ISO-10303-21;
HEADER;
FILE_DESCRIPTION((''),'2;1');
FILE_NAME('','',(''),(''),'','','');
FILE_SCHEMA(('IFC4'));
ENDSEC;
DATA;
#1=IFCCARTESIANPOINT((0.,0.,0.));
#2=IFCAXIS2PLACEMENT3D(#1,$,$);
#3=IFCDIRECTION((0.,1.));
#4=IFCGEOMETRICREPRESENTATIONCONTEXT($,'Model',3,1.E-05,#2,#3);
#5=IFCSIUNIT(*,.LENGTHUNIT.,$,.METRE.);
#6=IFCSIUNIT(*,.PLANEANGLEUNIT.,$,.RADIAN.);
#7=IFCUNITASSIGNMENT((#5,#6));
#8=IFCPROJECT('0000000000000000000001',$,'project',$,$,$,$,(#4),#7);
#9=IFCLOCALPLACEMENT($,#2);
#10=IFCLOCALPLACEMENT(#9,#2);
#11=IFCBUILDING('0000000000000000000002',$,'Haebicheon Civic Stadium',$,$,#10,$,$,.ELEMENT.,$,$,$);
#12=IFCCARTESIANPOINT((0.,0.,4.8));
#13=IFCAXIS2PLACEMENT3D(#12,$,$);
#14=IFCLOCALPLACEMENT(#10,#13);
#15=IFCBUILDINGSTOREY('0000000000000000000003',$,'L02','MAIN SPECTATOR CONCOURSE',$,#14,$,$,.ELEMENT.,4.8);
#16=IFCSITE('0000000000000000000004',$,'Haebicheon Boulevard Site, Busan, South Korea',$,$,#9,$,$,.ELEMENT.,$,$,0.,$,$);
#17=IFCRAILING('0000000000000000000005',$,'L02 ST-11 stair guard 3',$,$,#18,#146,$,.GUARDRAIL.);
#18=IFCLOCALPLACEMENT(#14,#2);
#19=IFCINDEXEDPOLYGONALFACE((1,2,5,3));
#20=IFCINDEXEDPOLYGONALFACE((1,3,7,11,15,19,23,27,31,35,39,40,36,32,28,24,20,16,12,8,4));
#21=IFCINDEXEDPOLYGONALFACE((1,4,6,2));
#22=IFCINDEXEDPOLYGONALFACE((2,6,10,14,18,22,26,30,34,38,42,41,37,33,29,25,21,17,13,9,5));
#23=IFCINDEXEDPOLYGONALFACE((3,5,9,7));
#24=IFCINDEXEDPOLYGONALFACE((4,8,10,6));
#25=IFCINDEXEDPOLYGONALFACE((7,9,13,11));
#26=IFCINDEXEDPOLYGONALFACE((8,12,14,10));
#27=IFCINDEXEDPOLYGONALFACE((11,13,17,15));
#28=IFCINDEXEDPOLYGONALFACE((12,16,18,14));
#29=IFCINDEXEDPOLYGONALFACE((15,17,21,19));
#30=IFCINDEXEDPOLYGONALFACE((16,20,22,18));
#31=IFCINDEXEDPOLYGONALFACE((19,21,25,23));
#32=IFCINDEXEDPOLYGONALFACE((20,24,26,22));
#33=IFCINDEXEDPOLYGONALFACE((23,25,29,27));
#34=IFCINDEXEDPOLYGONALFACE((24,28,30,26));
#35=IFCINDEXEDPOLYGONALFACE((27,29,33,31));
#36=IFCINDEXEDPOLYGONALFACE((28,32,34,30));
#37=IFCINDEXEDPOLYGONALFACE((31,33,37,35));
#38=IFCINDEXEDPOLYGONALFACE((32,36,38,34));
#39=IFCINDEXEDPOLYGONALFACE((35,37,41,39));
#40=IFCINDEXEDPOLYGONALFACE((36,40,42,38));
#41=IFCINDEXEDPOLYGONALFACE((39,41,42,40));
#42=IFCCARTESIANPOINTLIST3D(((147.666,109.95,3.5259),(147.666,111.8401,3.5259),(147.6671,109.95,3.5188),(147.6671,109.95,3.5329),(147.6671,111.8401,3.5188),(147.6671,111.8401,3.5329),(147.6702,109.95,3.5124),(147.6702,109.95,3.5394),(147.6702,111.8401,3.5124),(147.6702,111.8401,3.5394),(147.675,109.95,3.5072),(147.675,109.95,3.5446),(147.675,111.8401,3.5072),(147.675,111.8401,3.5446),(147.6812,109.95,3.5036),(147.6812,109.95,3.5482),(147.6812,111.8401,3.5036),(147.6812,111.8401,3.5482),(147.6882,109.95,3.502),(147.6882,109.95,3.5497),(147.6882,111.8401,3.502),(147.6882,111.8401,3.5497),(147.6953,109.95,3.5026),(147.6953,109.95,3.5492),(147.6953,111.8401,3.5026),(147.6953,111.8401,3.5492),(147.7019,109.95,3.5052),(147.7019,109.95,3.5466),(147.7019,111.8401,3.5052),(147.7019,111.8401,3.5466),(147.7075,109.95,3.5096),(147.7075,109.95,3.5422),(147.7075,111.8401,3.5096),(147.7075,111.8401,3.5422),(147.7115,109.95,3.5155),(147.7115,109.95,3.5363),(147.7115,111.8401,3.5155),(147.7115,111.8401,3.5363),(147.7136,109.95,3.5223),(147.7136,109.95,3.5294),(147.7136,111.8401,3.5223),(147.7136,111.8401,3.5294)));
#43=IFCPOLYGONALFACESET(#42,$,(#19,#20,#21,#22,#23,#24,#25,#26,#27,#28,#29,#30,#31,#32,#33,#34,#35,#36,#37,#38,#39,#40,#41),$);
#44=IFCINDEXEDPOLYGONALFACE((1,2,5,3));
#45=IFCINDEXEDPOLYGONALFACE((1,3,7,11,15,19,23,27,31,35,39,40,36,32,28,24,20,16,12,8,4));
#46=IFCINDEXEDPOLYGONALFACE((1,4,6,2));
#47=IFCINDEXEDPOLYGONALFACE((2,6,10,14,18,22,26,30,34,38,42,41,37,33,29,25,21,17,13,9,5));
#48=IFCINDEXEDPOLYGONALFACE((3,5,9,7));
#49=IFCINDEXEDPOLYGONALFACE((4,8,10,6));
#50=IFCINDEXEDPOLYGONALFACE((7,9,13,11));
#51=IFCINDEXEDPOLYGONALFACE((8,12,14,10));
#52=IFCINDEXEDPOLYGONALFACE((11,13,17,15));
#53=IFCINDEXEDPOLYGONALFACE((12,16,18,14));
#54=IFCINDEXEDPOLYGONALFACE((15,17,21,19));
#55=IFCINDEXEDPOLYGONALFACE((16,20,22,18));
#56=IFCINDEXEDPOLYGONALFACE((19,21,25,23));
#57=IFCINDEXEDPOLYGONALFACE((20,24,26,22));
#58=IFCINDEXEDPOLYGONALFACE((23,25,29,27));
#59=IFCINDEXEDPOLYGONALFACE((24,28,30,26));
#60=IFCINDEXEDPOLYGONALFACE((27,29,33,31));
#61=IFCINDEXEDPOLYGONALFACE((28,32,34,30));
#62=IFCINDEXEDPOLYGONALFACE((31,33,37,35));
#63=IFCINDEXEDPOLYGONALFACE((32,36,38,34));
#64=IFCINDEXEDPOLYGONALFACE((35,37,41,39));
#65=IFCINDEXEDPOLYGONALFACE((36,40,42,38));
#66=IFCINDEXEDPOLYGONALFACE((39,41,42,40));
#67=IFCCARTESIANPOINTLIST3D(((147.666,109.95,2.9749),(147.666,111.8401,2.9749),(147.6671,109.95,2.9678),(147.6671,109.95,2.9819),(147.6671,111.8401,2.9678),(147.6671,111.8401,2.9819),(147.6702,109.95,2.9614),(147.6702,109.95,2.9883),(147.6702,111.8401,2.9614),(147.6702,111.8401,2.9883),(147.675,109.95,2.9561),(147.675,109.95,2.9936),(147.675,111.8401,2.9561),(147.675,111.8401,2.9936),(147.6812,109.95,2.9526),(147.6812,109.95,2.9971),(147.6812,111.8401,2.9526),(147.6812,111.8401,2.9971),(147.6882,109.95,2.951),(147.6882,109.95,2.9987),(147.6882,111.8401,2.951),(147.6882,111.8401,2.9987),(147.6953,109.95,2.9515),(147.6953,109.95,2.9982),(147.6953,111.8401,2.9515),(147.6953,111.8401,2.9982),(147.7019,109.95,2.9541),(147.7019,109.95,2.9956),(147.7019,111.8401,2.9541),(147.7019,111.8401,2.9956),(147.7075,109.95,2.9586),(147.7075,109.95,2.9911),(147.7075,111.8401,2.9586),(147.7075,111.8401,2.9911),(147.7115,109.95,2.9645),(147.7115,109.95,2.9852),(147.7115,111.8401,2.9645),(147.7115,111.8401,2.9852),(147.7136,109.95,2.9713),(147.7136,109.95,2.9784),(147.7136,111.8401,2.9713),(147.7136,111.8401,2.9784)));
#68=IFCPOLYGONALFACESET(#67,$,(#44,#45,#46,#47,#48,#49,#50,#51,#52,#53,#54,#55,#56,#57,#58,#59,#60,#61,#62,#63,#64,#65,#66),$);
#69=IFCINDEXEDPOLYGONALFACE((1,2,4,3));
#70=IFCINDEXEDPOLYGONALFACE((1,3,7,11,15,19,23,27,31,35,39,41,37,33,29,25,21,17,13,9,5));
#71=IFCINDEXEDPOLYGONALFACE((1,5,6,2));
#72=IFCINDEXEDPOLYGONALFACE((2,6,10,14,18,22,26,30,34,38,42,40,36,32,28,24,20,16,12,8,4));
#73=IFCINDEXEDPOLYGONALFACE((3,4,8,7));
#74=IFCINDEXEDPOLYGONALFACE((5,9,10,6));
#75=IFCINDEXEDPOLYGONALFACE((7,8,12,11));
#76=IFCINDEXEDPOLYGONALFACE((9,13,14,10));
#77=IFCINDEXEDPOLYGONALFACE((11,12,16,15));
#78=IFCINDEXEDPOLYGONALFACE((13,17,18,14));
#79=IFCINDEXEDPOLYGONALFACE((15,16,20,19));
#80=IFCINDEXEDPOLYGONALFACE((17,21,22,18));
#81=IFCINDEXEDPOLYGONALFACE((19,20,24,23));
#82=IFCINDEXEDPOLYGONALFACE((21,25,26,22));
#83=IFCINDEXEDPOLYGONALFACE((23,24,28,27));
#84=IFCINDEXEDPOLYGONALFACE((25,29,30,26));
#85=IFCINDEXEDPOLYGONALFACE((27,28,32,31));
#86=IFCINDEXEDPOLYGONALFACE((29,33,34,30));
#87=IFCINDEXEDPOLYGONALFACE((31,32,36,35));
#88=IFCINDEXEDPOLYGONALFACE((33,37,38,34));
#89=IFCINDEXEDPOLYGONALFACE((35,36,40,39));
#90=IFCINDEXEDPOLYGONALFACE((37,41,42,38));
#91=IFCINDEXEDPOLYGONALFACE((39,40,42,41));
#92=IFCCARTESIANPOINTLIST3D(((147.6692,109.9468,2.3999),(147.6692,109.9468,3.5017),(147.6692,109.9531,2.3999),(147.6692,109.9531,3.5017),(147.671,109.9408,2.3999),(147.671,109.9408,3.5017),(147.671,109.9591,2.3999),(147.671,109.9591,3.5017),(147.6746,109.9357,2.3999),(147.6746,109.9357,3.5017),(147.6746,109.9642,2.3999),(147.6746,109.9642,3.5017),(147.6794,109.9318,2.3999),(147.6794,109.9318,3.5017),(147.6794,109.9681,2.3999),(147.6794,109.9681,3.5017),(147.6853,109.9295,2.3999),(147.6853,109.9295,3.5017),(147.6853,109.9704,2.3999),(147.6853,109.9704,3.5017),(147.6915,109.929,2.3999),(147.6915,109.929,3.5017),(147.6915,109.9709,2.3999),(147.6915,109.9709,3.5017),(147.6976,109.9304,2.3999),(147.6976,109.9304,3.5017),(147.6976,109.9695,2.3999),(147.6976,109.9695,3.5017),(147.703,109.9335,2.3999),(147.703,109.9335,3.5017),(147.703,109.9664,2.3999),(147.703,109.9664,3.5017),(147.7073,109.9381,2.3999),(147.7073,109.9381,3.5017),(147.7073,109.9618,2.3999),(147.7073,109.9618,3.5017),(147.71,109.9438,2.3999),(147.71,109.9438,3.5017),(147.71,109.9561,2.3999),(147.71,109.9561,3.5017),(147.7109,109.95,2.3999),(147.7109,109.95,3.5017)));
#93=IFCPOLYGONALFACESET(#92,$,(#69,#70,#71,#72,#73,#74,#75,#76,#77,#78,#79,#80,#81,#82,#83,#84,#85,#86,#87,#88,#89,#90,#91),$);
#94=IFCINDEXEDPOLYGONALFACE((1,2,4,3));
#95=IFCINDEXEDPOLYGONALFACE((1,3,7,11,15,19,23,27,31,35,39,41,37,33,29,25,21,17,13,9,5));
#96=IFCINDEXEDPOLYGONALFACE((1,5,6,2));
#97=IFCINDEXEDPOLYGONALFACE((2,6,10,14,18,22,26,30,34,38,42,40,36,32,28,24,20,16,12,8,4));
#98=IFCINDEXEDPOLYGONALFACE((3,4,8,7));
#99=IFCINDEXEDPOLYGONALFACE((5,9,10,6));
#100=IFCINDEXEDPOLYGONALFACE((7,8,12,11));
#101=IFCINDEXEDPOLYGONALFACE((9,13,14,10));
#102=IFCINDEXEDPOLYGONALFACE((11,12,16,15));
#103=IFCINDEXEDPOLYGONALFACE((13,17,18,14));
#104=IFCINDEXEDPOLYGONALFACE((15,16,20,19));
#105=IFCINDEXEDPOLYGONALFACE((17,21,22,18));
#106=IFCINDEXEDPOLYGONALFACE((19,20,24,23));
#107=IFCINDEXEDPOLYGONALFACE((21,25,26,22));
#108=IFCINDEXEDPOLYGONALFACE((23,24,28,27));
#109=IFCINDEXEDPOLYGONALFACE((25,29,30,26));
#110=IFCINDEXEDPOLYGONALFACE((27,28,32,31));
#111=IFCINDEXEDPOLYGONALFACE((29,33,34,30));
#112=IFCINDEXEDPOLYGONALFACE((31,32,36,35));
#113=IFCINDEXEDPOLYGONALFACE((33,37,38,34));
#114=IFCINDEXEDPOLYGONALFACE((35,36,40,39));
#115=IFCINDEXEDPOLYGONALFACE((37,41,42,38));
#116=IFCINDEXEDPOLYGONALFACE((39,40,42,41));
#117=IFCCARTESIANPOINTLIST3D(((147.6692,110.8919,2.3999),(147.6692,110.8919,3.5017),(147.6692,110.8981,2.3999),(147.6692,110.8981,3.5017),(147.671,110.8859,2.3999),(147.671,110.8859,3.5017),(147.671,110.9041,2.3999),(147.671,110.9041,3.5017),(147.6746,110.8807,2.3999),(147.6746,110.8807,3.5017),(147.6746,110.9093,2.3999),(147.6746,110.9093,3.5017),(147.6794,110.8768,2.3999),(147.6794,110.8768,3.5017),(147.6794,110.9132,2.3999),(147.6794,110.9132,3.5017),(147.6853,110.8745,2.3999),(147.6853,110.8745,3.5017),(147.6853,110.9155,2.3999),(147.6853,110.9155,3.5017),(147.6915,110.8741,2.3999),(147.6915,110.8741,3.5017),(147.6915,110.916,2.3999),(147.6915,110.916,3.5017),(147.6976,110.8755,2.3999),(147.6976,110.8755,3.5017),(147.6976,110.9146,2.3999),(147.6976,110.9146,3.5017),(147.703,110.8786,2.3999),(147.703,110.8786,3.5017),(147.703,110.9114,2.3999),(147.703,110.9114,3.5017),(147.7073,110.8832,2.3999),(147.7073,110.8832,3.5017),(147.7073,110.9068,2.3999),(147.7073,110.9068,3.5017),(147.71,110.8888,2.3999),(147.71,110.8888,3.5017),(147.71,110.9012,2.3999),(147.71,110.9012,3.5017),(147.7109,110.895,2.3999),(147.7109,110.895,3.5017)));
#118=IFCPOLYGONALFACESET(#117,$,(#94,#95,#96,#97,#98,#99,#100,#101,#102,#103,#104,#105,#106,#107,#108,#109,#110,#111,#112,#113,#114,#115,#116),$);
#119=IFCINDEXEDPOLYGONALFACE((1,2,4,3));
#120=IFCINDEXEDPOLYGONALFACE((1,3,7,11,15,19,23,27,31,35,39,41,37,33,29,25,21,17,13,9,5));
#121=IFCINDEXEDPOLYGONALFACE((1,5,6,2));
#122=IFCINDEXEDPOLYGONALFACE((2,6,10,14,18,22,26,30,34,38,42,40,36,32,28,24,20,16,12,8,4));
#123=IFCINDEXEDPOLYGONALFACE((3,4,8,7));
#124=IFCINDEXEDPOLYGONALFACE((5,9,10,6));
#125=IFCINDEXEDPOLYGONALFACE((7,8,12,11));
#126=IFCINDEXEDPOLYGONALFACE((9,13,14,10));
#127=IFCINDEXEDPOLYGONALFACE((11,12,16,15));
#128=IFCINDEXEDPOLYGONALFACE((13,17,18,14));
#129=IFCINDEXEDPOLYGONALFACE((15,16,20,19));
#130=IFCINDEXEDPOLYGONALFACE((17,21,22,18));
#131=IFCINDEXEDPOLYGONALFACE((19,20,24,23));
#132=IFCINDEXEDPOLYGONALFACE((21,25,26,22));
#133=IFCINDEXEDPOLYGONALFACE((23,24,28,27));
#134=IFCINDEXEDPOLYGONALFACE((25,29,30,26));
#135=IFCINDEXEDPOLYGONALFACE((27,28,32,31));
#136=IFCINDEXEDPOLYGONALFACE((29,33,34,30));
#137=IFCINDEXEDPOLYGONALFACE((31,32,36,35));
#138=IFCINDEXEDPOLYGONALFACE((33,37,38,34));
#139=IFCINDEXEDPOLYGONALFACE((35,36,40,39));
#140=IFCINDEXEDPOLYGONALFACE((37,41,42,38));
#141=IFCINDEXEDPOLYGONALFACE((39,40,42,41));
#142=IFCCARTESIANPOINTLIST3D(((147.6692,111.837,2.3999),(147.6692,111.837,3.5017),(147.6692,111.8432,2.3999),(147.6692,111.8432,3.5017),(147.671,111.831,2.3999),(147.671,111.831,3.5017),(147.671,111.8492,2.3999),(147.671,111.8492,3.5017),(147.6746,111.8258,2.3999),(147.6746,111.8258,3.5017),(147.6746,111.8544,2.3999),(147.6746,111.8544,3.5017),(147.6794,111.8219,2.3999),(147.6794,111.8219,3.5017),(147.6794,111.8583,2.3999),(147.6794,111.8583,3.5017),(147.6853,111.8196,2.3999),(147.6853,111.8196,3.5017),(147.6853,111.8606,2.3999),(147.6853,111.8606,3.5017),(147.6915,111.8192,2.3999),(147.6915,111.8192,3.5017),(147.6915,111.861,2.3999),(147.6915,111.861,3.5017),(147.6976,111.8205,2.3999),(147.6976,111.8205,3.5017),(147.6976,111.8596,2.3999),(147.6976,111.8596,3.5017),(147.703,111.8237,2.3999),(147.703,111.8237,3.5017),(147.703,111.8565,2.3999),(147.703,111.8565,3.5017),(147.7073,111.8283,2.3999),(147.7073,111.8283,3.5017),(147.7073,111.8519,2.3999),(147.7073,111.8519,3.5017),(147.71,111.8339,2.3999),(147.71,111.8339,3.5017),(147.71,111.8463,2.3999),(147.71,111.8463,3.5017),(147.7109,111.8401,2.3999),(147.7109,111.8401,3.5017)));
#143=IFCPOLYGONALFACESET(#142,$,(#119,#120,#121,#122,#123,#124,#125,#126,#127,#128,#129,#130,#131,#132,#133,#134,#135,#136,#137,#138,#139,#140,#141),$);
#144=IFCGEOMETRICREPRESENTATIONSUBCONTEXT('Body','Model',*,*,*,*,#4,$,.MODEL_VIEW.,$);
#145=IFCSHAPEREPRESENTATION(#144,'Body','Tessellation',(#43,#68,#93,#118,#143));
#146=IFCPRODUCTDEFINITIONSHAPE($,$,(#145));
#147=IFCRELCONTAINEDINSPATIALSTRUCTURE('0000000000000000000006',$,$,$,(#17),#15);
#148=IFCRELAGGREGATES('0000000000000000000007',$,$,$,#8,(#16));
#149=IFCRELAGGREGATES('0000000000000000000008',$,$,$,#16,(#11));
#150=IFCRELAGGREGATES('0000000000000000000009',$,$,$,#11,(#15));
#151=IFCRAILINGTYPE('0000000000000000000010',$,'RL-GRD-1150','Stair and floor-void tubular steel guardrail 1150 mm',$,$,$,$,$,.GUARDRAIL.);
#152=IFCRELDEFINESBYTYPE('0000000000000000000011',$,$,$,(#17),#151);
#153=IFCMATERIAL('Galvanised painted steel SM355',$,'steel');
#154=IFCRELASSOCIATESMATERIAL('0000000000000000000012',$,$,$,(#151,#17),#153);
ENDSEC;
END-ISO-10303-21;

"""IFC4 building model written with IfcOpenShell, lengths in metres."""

from ifc_helpers import new_model, si_unit, direction, frame, origin, origin_2d, place, context, subcontext, project, spatial, circle, extrude, material, type_object, element, save


model = new_model("IFC4")

# Units and contexts
model_context = context("Model", 3, precision=1e-05, world=origin(), true_north=direction((0.0, 1.0)))
body_context = subcontext(model_context, "Body", "Model", "MODEL_VIEW")
ifc_project = project(units=[si_unit("LENGTHUNIT", "METRE"), si_unit("PLANEANGLEUNIT", "RADIAN")], contexts=[model_context])

# Site, building, storey
site_placement = place(None, origin())
site = spatial("IfcSite", under=ifc_project, at=site_placement, Name="Haebicheon Boulevard Site, Busan, South Korea", CompositionType="ELEMENT", RefElevation=0.0)
building_placement = place(site_placement, origin())
building = spatial("IfcBuilding", under=site, at=building_placement, Name="Haebicheon Civic Stadium", CompositionType="ELEMENT")
storey_placement = place(building_placement, frame((0.0, 0.0, 4.8)))
storey = spatial("IfcBuildingStorey", under=building, at=storey_placement, Name="L02", Description="MAIN SPECTATOR CONCOURSE", CompositionType="ELEMENT", Elevation=4.8)

# Railing
ifc_material_1 = material(Name="Galvanised painted steel SM355", Category="steel")
railing_type_1 = type_object("IfcRailingType", Name="RL-GRD-1150", Description="Stair and floor-void tubular steel guardrail 1150 mm", PredefinedType="GUARDRAIL", material=ifc_material_1)
railing_1_placement = place(storey_placement, frame((147.6899, 109.95, 2.3999)))
element("IfcRailing", 1, at=railing_1_placement, inside=storey, type_object=railing_type_1, material=ifc_material_1, Name="L02 ST-11 stair guard 3", PredefinedType="GUARDRAIL", context=body_context, shape_type="SweptSolid", body=[
    extrude(circle(Radius=0.0239, at=origin_2d()), frame((0.0, 0.0, 1.126), z_axis=(0.0, 1.0, 0.0), x_axis=(-1.0, 0.0, 0.0)), (0.0, 0.0, 1.0), 1.8901),
    extrude(circle(Radius=0.0239, at=origin_2d()), frame((0.0, 0.0, 0.575), z_axis=(0.0, 1.0, 0.0), x_axis=(-1.0, 0.0, 0.0)), (0.0, 0.0, 1.0), 1.8901),
    extrude(circle(Radius=0.021, at=origin_2d()), origin(), (0.0, 0.0, 1.0), 1.1018),
    extrude(circle(Radius=0.021, at=origin_2d()), frame((0.0, 0.9451, 0.0)), (0.0, 0.0, 1.0), 1.1018),
    extrude(circle(Radius=0.021, at=origin_2d()), frame((0.0, 1.8901, 0.0)), (0.0, 0.0, 1.0), 1.1018),
])

save(model, "model.ifc")
